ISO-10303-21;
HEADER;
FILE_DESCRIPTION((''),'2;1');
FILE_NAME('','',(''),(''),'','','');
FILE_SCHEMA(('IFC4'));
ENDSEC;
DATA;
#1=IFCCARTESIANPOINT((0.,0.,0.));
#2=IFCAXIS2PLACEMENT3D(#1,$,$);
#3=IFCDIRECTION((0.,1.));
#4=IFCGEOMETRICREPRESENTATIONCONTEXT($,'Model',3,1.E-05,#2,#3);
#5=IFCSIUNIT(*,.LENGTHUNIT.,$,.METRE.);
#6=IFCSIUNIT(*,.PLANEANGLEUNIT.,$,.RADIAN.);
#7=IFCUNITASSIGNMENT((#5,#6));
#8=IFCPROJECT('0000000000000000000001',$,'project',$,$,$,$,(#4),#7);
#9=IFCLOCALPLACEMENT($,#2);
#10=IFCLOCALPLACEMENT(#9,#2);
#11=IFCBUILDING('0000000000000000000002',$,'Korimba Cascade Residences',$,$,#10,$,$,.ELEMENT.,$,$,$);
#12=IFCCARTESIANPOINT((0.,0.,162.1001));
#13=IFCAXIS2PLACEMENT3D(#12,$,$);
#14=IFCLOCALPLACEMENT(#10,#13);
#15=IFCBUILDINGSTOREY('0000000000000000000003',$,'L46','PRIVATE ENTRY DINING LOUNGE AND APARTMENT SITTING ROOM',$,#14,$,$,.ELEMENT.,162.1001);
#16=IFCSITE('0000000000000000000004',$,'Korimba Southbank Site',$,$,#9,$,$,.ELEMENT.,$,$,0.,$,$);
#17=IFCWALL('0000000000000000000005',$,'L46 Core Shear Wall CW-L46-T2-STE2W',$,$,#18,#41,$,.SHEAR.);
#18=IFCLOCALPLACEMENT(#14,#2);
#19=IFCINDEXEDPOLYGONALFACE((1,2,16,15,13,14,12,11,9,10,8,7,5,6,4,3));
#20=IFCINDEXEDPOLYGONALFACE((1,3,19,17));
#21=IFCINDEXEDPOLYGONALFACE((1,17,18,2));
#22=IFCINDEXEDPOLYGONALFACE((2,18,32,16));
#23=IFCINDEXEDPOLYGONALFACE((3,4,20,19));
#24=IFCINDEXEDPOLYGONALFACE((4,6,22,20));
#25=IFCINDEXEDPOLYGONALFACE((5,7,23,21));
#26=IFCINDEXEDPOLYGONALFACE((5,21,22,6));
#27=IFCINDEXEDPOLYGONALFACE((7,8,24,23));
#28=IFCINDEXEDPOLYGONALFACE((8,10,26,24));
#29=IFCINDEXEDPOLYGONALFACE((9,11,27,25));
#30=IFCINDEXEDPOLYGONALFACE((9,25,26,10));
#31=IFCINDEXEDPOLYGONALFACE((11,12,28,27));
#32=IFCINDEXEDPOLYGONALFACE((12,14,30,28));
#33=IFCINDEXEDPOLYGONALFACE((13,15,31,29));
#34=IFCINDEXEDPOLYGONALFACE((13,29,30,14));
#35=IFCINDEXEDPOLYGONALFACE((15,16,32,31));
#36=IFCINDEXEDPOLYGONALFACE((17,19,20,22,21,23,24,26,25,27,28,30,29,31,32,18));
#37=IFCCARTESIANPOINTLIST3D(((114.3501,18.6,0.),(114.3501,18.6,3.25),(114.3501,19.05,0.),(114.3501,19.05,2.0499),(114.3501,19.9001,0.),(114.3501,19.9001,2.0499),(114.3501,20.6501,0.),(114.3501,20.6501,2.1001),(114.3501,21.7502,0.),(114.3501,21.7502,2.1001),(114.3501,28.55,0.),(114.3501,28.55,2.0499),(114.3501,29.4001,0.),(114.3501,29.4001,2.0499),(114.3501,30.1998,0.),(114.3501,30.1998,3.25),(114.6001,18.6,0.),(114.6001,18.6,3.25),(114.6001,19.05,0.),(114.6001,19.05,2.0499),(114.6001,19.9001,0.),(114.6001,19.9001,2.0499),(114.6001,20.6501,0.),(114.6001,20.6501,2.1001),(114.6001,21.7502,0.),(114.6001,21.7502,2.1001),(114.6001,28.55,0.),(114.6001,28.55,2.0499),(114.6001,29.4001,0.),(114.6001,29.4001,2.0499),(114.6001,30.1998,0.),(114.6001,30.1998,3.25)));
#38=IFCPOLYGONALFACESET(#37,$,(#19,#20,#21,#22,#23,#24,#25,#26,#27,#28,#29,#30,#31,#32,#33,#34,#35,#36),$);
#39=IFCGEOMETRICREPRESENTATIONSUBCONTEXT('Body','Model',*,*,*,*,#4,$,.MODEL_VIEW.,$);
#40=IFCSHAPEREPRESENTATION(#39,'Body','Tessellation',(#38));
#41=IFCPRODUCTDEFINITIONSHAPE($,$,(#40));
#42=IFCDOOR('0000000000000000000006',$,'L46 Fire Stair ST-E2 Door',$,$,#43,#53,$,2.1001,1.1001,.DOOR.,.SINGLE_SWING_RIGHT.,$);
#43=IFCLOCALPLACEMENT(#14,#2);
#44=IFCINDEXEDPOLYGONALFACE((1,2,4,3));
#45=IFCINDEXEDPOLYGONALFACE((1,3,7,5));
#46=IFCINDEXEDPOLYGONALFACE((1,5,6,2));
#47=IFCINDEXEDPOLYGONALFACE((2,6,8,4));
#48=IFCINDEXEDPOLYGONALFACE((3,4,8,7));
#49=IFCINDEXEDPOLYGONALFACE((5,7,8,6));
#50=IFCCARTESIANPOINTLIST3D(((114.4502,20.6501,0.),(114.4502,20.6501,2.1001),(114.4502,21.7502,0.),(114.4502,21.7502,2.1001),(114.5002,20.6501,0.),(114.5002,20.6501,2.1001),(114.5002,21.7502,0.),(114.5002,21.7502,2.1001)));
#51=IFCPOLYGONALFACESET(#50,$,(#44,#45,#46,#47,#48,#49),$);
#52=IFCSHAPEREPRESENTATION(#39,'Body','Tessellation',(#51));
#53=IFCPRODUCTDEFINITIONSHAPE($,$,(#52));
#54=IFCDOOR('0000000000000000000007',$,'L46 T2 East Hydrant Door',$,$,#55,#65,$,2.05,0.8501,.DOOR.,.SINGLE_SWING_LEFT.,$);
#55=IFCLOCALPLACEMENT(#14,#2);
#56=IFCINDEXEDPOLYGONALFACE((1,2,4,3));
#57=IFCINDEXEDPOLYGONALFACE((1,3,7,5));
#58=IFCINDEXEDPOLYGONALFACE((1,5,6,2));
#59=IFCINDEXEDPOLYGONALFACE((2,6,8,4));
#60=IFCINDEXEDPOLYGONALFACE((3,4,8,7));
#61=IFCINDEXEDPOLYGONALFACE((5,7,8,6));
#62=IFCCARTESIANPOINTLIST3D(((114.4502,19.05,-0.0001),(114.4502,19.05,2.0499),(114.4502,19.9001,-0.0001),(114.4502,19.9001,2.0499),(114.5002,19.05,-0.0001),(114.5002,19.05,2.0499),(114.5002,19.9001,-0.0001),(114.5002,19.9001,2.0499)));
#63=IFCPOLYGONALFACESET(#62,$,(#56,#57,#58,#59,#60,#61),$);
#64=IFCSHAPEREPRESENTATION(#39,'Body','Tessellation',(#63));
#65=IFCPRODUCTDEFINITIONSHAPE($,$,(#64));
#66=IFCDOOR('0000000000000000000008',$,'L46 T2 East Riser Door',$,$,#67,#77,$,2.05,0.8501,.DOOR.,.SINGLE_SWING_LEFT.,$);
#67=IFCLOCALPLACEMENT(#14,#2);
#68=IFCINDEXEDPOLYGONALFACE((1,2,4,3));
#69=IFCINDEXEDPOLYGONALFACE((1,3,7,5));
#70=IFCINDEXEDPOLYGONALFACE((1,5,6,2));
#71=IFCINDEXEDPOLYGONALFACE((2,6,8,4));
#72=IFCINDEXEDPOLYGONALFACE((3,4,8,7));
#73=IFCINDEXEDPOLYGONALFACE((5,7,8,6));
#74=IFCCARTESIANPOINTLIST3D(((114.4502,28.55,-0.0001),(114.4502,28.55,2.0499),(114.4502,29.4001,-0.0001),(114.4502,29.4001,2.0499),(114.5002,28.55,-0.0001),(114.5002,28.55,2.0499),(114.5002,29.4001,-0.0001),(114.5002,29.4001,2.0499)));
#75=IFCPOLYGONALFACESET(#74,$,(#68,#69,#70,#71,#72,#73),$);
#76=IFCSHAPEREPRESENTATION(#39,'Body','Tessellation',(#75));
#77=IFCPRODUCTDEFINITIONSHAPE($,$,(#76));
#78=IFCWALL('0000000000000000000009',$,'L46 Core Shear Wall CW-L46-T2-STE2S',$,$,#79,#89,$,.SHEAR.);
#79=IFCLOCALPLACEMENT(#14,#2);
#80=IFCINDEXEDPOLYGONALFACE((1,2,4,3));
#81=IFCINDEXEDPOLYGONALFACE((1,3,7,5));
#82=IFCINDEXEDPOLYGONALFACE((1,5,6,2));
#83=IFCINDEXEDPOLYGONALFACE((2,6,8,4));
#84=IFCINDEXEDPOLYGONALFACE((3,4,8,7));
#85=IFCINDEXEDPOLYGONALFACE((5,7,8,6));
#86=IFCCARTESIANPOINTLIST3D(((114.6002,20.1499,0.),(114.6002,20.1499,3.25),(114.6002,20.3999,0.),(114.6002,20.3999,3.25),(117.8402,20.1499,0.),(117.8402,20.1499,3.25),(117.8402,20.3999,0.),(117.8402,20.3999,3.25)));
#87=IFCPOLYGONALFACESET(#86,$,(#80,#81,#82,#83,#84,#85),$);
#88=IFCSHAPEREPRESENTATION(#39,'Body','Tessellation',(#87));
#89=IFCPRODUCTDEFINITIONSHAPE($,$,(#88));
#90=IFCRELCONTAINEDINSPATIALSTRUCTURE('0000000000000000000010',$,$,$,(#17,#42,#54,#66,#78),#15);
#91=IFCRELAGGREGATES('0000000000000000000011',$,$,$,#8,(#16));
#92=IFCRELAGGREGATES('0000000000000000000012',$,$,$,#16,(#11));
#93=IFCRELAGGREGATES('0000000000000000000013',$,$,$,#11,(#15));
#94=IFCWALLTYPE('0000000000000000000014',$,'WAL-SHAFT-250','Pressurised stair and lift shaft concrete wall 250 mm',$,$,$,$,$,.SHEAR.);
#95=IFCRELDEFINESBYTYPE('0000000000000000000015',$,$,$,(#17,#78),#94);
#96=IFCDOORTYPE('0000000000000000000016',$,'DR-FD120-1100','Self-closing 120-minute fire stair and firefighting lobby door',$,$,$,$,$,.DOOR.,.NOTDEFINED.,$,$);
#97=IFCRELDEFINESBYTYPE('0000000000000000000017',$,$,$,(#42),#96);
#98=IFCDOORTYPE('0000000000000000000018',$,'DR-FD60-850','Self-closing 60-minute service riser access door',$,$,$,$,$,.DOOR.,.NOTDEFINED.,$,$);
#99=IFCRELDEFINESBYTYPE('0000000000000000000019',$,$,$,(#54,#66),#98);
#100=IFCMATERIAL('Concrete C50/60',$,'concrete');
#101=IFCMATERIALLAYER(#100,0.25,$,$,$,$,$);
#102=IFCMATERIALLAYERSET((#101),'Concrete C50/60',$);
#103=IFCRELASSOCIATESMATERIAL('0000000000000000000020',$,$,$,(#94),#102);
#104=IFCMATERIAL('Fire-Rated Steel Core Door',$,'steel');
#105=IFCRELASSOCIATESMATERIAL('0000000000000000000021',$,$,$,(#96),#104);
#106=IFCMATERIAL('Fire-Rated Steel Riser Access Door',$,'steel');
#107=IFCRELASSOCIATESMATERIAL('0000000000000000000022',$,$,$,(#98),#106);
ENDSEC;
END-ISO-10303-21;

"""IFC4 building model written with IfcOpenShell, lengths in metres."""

from ifc_helpers import new_model, si_unit, direction, frame, frame_2d, origin, place, context, subcontext, project, spatial, rectangle, extrude, material, layer, layer_set, type_object, element, fill, save


model = new_model("IFC4")

# Units and contexts
model_context = context("Model", 3, precision=1e-05, world=origin(), true_north=direction((0.0, 1.0)))
body_context = subcontext(model_context, "Body", "Model", "MODEL_VIEW")
ifc_project = project(units=[si_unit("LENGTHUNIT", "METRE"), si_unit("PLANEANGLEUNIT", "RADIAN")], contexts=[model_context])

# Site, building, storey
site_placement = place(None, origin())
site = spatial("IfcSite", under=ifc_project, at=site_placement, Name="Korimba Southbank Site", CompositionType="ELEMENT", RefElevation=0.0)
building_placement = place(site_placement, origin())
building = spatial("IfcBuilding", under=site, at=building_placement, Name="Korimba Cascade Residences", CompositionType="ELEMENT")
storey_placement = place(building_placement, frame((0.0, 0.0, 162.1001)))
storey = spatial("IfcBuildingStorey", under=building, at=storey_placement, Name="L46", Description="PRIVATE ENTRY DINING LOUNGE AND APARTMENT SITTING ROOM", CompositionType="ELEMENT", Elevation=162.1001)

# Shared definitions
ifc_material_1 = material(Name="Concrete C50/60", Category="concrete")

# Wall, openings, doors
ifc_layer_1 = layer(ifc_material_1, 0.25)
ifc_layer_set_1 = layer_set([ifc_layer_1], Name="Concrete C50/60")
wall_type_1 = type_object("IfcWallType", Name="WAL-SHAFT-250", Description="Pressurised stair and lift shaft concrete wall 250 mm", PredefinedType="SHEAR", material=ifc_layer_set_1)
wall_1_placement = place(storey_placement, frame((114.4751, 18.6001, 0.0), z_axis=(0.0, 0.0, 1.0), x_axis=(0.0, 1.0, 0.0)))
wall_1 = element("IfcWall", 1, at=wall_1_placement, inside=storey, type_object=wall_type_1, Name="L46 Core Shear Wall CW-L46-T2-STE2W", PredefinedType="SHEAR", context=body_context, shape_type="SweptSolid", body=[
    extrude(rectangle(XDim=11.5999, YDim=0.25, at=frame_2d((5.7998, 0.0))), origin(), (0.0, 0.0, 1.0), 3.25),
])
opening_1_placement = place(wall_1_placement, frame((0.45, 0.0, 0.0)))
opening_1 = element("IfcOpeningElement", 2, at=opening_1_placement, cuts=wall_1, PredefinedType="OPENING", context=body_context, shape_type="SweptSolid", body=[
    extrude(rectangle(XDim=0.8501, YDim=2.05, at=frame_2d((0.425, 1.0249))), frame((0.0, 0.135, 0.0), z_axis=(0.0, -1.0, 0.0), x_axis=(1.0, 0.0, 0.0)), (0.0, 0.0, 1.0), 0.27),
])
opening_2_placement = place(wall_1_placement, frame((2.05, 0.0, 0.0)))
opening_2 = element("IfcOpeningElement", 3, at=opening_2_placement, cuts=wall_1, PredefinedType="OPENING", context=body_context, shape_type="SweptSolid", body=[
    extrude(rectangle(XDim=1.1001, YDim=2.1001, at=frame_2d((0.55, 1.05))), frame((0.0, 0.135, 0.0), z_axis=(0.0, -1.0, 0.0), x_axis=(1.0, 0.0, 0.0)), (0.0, 0.0, 1.0), 0.27),
])
opening_3_placement = place(wall_1_placement, frame((9.95, 0.0, 0.0)))
opening_3 = element("IfcOpeningElement", 4, at=opening_3_placement, cuts=wall_1, PredefinedType="OPENING", context=body_context, shape_type="SweptSolid", body=[
    extrude(rectangle(XDim=0.8501, YDim=2.05, at=frame_2d((0.425, 1.0249))), frame((0.0, 0.135, 0.0), z_axis=(0.0, -1.0, 0.0), x_axis=(1.0, 0.0, 0.0)), (0.0, 0.0, 1.0), 0.27),
])
ifc_material_2 = material(Name="Fire-Rated Steel Core Door", Category="steel")
door_type_1 = type_object("IfcDoorType", Name="DR-FD120-1100", Description="Self-closing 120-minute fire stair and firefighting lobby door", OperationType="NOTDEFINED", PredefinedType="DOOR", material=ifc_material_2)
door_1_placement = place(opening_2_placement, origin())
door_1 = element("IfcDoor", 5, at=door_1_placement, inside=storey, type_object=door_type_1, Name="L46 Fire Stair ST-E2 Door", OperationType="SINGLE_SWING_RIGHT", OverallHeight=2.1001, OverallWidth=1.1001, PredefinedType="DOOR", context=body_context, shape_type="SweptSolid", body=[
    extrude(rectangle(XDim=1.1001, YDim=2.1001, at=frame_2d((0.55, 1.05))), frame((0.0, 0.0249, 0.0), z_axis=(0.0, -1.0, 0.0), x_axis=(1.0, 0.0, 0.0)), (0.0, 0.0, 1.0), 0.05),
])
fill(opening_2, door_1)
ifc_material_3 = material(Name="Fire-Rated Steel Riser Access Door", Category="steel")
door_type_2 = type_object("IfcDoorType", Name="DR-FD60-850", Description="Self-closing 60-minute service riser access door", OperationType="NOTDEFINED", PredefinedType="DOOR", material=ifc_material_3)
door_2_placement = place(opening_1_placement, origin())
door_2 = element("IfcDoor", 6, at=door_2_placement, inside=storey, type_object=door_type_2, Name="L46 T2 East Hydrant Door", OperationType="SINGLE_SWING_LEFT", OverallHeight=2.05, OverallWidth=0.8501, PredefinedType="DOOR", context=body_context, shape_type="SweptSolid", body=[
    extrude(rectangle(XDim=0.8501, YDim=2.05, at=frame_2d((0.425, 1.0249))), frame((0.0, 0.0249, 0.0), z_axis=(0.0, -1.0, 0.0), x_axis=(1.0, 0.0, 0.0)), (0.0, 0.0, 1.0), 0.05),
])
fill(opening_1, door_2)
door_3_placement = place(opening_3_placement, origin())
door_3 = element("IfcDoor", 7, at=door_3_placement, inside=storey, type_object=door_type_2, Name="L46 T2 East Riser Door", OperationType="SINGLE_SWING_LEFT", OverallHeight=2.05, OverallWidth=0.8501, PredefinedType="DOOR", context=body_context, shape_type="SweptSolid", body=[
    extrude(rectangle(XDim=0.8501, YDim=2.05, at=frame_2d((0.425, 1.0249))), frame((0.0, 0.0249, 0.0), z_axis=(0.0, -1.0, 0.0), x_axis=(1.0, 0.0, 0.0)), (0.0, 0.0, 1.0), 0.05),
])
fill(opening_3, door_3)

# Wall
wall_2_placement = place(storey_placement, frame((114.6001, 20.2749, 0.0), z_axis=(0.0, 0.0, 1.0), x_axis=(1.0, 0.0, 0.0)))
element("IfcWall", 8, at=wall_2_placement, inside=storey, type_object=wall_type_1, Name="L46 Core Shear Wall CW-L46-T2-STE2S", PredefinedType="SHEAR", context=body_context, shape_type="SweptSolid", body=[
    extrude(rectangle(XDim=3.24, YDim=0.25, at=frame_2d((1.6201, 0.0))), origin(), (0.0, 0.0, 1.0), 3.25),
])

save(model, "model.ifc")
